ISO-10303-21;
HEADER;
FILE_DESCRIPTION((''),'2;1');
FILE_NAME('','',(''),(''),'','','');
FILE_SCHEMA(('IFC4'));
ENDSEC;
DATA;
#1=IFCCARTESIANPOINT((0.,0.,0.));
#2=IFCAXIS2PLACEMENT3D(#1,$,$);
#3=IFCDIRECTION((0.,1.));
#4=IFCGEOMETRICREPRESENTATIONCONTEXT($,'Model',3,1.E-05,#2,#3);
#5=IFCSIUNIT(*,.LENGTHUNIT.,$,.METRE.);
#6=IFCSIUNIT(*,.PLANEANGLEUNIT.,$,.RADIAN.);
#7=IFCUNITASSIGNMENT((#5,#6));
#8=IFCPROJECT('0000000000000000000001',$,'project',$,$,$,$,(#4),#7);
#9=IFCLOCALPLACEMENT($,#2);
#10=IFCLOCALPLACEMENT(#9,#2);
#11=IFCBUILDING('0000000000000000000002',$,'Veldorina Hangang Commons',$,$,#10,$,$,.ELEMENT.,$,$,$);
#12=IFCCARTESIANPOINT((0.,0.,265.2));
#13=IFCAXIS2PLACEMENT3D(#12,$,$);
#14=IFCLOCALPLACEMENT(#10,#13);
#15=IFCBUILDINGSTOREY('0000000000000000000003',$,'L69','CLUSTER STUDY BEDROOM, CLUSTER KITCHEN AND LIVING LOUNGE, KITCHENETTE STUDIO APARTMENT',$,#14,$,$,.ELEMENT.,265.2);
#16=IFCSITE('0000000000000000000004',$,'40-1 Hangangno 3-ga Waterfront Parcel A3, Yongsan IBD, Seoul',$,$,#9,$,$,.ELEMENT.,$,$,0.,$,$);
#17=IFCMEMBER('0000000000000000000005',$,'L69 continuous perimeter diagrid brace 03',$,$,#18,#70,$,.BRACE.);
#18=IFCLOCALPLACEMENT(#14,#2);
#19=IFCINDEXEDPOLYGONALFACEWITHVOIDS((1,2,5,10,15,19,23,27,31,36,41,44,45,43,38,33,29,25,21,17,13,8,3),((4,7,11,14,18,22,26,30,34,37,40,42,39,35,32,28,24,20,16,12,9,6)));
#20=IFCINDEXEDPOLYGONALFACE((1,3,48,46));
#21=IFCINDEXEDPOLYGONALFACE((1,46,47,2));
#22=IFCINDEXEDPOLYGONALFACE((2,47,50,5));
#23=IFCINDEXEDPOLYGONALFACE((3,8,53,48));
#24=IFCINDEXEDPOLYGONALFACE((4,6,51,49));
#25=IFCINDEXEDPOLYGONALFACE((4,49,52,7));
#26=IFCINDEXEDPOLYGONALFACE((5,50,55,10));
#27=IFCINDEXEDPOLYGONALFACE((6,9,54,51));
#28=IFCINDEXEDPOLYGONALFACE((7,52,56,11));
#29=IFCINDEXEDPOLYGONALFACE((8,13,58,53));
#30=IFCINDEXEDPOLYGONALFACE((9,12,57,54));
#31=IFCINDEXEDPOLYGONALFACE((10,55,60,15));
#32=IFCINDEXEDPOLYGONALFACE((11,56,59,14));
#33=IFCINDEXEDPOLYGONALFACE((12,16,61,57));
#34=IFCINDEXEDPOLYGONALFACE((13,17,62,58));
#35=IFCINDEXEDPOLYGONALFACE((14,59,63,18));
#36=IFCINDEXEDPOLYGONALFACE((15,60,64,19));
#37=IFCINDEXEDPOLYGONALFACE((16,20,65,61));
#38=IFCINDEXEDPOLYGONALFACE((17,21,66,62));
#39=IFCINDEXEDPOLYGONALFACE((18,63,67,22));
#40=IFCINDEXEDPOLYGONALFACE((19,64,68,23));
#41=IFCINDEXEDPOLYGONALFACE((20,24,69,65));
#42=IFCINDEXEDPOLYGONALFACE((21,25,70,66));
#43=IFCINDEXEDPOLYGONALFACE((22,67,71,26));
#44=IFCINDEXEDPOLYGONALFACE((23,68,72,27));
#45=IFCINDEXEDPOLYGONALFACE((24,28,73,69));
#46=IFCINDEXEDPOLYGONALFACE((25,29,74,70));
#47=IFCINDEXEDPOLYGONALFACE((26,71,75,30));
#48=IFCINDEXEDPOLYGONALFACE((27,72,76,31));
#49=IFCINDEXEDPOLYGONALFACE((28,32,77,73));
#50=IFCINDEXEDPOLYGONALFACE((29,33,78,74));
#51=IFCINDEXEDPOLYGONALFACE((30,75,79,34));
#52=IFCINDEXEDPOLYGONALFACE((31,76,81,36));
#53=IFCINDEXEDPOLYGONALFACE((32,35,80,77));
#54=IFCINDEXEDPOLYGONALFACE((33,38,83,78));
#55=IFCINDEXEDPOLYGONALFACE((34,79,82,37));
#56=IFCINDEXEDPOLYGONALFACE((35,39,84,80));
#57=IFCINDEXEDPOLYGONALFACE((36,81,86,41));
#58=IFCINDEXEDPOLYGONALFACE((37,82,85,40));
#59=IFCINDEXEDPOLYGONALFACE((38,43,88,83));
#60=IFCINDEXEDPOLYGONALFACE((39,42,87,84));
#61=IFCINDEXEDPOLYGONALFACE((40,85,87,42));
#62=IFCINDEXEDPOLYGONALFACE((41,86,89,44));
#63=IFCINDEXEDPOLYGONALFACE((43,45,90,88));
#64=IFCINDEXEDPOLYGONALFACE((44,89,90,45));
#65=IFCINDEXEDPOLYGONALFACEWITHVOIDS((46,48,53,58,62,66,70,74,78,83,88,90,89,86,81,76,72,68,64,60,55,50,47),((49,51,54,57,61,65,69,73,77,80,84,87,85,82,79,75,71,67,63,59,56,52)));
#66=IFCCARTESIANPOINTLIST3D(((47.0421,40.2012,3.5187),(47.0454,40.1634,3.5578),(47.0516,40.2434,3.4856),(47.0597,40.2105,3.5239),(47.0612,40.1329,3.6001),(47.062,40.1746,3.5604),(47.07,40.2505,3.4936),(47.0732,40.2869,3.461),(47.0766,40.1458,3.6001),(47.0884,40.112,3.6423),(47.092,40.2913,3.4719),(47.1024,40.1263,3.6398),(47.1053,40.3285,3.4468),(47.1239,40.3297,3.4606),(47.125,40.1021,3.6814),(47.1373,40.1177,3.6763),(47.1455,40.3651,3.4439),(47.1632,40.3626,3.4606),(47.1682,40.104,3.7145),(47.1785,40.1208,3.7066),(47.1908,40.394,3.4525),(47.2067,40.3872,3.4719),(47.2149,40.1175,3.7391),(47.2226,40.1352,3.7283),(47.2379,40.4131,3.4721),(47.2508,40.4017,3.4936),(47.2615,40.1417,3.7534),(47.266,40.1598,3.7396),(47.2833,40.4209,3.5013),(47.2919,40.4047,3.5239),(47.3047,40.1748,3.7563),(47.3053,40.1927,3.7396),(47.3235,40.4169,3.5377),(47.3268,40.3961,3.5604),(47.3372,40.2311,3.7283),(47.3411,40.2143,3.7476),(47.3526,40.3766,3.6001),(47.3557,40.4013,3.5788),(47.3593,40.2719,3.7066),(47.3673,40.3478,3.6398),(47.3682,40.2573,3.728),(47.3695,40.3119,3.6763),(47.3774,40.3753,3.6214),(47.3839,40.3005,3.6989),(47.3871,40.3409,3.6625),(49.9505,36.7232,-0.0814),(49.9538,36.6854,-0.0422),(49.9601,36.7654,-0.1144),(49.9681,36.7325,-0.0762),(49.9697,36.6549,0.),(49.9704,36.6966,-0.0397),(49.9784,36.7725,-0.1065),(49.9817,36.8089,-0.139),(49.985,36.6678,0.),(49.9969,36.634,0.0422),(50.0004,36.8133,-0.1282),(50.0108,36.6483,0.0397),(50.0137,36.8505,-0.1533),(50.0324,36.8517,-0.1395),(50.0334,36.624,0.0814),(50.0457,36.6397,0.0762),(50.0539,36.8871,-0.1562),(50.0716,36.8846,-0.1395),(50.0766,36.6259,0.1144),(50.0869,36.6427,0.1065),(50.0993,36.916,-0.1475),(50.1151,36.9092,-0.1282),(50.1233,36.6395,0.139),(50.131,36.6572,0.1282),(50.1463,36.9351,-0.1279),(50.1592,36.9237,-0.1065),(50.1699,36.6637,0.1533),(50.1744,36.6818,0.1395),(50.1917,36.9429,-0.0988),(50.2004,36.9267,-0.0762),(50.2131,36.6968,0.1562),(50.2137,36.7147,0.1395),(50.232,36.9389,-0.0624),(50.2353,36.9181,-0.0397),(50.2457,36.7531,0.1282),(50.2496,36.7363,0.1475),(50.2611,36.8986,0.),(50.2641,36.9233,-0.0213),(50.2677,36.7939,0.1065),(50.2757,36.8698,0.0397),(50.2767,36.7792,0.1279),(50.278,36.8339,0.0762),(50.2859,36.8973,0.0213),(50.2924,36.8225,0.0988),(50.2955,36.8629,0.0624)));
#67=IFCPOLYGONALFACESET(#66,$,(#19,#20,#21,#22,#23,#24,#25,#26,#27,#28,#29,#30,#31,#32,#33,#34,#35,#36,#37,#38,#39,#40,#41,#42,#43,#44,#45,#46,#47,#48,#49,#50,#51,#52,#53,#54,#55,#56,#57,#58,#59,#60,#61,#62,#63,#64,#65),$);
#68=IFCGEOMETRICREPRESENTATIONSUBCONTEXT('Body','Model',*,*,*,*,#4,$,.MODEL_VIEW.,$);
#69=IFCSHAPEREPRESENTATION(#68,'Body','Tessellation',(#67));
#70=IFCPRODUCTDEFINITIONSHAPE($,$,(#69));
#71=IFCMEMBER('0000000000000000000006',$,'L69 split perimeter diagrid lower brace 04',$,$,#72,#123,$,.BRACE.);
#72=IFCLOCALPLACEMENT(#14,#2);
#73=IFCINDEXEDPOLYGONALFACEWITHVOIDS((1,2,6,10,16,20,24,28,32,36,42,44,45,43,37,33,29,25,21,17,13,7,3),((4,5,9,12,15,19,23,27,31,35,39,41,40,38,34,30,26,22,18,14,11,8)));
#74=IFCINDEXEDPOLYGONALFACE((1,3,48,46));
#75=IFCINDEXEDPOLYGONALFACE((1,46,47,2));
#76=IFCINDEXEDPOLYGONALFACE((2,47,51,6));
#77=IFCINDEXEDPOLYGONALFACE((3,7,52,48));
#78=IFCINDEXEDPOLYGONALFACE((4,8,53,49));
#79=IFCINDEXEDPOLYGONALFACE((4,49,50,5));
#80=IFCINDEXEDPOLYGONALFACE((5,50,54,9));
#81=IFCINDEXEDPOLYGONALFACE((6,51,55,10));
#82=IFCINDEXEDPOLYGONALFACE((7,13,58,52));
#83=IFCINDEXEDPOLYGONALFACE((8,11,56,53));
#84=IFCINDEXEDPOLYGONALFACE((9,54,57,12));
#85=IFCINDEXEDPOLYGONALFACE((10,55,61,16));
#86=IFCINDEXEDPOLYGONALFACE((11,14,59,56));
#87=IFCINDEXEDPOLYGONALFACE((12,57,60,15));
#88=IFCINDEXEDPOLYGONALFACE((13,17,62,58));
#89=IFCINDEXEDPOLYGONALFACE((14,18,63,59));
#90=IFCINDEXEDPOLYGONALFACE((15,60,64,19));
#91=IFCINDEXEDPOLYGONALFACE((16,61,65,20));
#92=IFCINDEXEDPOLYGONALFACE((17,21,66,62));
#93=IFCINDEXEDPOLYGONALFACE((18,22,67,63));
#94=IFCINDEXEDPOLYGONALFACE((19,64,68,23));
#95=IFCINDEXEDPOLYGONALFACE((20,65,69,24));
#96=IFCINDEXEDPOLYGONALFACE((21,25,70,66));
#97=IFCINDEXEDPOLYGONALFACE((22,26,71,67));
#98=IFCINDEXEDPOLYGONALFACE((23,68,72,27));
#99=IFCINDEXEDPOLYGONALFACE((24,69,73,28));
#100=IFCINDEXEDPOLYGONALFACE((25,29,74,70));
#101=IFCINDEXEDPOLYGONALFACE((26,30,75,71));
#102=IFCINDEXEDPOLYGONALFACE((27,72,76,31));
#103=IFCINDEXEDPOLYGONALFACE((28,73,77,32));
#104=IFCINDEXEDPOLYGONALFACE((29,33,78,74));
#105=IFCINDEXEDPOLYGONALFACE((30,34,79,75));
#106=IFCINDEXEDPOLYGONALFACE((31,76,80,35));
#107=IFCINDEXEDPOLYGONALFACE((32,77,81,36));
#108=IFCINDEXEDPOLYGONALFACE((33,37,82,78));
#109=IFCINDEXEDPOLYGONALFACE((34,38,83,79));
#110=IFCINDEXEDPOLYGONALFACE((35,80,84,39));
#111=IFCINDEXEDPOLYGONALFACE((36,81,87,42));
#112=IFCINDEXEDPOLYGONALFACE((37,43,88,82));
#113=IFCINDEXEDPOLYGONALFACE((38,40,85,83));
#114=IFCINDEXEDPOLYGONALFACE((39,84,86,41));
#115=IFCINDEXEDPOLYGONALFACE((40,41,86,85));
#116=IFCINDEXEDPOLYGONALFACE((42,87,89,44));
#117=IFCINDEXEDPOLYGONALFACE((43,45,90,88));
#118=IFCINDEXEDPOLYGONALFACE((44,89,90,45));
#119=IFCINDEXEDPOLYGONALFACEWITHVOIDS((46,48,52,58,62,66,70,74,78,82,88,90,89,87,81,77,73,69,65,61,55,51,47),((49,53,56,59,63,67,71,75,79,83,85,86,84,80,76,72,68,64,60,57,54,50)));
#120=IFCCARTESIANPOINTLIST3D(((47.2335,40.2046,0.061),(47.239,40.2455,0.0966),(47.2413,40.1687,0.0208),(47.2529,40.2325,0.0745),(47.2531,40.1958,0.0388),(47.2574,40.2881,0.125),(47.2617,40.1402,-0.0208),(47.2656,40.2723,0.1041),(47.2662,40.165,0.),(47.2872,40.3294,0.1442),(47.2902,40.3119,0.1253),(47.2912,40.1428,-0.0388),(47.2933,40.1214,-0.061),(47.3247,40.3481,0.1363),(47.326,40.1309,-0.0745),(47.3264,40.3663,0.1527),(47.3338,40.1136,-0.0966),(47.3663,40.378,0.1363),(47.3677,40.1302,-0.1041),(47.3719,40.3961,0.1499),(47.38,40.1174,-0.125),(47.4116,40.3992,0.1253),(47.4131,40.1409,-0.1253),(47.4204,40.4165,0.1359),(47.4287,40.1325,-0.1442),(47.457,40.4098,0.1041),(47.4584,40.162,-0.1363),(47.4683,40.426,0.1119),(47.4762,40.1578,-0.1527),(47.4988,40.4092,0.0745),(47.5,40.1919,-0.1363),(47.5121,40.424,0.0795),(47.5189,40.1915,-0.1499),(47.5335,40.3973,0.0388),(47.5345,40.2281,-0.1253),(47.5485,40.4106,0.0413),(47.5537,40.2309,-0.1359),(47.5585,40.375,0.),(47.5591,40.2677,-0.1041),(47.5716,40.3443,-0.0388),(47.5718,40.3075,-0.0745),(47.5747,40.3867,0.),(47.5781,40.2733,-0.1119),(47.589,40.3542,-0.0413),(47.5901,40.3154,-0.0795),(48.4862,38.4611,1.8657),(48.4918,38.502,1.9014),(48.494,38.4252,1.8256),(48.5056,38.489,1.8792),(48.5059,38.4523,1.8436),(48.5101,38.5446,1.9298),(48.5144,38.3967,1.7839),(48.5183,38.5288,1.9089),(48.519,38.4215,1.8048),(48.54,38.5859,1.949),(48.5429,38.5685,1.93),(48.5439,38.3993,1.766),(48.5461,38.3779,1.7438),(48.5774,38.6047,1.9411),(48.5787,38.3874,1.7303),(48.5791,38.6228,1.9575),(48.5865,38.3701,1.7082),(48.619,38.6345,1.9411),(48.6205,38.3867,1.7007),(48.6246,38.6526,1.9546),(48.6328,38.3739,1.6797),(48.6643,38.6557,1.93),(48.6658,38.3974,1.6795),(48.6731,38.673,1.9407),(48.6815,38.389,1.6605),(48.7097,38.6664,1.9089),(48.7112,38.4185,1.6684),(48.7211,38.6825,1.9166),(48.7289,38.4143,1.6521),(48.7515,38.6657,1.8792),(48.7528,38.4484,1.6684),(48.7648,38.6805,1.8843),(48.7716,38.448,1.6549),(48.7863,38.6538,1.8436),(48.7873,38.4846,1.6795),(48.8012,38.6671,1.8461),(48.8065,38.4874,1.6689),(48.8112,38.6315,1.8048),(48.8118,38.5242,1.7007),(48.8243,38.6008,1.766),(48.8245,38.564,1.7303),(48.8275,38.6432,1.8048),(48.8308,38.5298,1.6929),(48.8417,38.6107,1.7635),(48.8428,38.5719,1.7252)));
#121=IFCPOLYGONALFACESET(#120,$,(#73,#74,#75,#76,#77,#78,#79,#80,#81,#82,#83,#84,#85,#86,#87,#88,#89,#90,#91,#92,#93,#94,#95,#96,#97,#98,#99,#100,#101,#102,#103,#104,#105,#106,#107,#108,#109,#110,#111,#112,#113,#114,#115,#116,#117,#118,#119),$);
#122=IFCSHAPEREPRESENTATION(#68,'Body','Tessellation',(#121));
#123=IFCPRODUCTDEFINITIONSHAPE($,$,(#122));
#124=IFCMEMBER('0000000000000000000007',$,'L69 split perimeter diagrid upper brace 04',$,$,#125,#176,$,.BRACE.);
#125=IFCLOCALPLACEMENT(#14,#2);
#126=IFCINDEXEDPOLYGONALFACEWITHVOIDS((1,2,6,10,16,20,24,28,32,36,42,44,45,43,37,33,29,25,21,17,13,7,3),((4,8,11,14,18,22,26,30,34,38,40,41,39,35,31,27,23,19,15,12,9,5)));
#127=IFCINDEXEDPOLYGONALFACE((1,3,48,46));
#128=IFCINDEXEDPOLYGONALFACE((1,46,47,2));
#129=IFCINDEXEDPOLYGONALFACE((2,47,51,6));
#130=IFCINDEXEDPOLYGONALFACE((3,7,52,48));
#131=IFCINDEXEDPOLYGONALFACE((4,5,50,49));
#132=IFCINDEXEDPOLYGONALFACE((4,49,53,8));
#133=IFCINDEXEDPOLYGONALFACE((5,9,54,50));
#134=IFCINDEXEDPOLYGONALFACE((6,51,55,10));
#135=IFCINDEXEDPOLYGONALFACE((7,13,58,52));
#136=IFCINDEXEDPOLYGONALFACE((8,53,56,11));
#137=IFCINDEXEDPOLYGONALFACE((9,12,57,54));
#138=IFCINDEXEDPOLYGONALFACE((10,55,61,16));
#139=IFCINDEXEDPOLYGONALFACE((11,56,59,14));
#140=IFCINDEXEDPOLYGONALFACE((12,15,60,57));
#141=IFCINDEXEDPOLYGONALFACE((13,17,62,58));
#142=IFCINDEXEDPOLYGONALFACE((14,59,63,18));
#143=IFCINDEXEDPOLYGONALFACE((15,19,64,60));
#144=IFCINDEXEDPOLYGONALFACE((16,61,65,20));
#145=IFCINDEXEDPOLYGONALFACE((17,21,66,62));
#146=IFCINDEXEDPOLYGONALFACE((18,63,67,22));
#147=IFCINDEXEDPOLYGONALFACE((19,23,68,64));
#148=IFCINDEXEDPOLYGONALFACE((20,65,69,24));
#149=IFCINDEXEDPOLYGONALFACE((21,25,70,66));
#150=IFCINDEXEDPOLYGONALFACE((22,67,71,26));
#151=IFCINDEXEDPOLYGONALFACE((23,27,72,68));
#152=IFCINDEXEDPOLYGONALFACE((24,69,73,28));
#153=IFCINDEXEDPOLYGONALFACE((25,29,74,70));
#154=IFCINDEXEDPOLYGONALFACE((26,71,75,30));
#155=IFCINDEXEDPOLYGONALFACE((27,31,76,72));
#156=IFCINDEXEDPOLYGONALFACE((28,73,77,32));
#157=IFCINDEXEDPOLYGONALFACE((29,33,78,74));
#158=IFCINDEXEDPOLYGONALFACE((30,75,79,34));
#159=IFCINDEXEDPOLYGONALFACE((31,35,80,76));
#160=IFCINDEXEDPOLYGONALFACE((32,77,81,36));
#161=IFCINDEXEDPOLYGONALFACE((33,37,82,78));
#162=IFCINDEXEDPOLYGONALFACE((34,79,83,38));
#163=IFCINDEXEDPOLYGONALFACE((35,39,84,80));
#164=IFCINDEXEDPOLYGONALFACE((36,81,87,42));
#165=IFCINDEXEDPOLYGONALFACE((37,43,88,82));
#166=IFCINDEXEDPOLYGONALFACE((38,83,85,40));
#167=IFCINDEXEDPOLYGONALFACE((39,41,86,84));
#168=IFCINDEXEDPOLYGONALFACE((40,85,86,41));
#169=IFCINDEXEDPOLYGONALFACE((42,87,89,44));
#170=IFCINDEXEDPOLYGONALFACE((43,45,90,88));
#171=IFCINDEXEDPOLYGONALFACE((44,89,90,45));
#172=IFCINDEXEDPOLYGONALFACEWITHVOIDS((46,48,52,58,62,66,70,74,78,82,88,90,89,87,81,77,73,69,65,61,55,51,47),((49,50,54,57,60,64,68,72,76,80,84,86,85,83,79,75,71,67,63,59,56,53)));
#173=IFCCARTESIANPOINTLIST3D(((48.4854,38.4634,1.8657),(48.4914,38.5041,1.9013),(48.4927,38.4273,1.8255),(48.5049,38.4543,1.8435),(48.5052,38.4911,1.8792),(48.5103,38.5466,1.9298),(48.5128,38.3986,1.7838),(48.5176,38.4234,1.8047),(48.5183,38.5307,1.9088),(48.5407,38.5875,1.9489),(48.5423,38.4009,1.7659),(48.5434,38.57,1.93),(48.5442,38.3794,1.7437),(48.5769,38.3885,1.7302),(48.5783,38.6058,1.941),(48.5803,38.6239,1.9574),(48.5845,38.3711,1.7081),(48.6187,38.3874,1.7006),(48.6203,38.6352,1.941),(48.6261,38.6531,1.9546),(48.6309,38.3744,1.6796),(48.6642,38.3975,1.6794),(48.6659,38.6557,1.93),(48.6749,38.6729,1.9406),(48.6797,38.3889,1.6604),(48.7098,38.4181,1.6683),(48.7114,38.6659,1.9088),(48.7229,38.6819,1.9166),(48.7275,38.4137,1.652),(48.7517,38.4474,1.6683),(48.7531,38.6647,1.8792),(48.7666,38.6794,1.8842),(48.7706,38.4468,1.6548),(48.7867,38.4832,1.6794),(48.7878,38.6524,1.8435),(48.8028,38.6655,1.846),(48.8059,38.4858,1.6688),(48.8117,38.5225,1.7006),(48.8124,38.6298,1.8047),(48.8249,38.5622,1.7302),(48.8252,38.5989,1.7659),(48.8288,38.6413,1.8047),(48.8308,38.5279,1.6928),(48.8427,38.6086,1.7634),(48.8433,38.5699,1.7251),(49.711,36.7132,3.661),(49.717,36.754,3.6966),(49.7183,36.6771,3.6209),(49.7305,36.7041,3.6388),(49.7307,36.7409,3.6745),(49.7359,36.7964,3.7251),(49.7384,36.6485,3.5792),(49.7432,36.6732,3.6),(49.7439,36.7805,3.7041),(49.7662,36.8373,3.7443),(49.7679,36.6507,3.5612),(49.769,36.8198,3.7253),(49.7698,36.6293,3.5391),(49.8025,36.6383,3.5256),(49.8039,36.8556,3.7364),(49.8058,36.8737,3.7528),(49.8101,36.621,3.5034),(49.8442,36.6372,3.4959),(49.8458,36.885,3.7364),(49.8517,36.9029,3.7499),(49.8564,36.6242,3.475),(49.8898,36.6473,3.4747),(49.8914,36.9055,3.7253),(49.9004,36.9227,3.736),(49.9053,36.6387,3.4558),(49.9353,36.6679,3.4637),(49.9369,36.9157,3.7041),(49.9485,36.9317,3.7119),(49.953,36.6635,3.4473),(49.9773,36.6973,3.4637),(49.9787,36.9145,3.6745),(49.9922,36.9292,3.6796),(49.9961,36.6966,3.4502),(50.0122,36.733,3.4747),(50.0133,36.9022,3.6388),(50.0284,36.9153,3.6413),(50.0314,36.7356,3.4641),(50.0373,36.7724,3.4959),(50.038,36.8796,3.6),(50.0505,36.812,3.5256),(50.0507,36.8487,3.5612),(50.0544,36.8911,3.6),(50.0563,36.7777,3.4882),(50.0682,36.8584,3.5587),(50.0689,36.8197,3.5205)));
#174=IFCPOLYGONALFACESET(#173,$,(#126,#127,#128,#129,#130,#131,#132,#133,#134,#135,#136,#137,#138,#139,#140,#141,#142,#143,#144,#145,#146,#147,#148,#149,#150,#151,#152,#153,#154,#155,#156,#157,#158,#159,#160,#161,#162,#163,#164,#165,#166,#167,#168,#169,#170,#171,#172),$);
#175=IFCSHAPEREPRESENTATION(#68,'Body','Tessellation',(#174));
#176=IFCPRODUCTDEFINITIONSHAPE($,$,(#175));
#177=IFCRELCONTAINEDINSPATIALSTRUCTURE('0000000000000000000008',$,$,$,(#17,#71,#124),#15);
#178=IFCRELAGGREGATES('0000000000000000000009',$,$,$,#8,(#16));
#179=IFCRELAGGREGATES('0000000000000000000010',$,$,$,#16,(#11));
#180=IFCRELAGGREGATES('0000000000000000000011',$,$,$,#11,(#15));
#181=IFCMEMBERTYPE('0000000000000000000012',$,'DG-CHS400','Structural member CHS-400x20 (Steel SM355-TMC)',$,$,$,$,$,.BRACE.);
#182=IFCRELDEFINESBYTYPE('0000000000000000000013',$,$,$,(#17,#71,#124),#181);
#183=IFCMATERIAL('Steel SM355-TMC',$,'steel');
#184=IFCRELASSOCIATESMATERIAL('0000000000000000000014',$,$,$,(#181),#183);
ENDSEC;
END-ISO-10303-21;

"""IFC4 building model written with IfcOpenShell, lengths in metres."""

from ifc_helpers import new_model, si_unit, direction, frame, origin, origin_2d, place, context, subcontext, project, spatial, hollow_circle, extrude, material, material_profile, profile_set, type_object, element, save


model = new_model("IFC4")

# Units and contexts
model_context = context("Model", 3, precision=1e-05, world=origin(), true_north=direction((0.0, 1.0)))
body_context = subcontext(model_context, "Body", "Model", "MODEL_VIEW")
ifc_project = project(units=[si_unit("LENGTHUNIT", "METRE"), si_unit("PLANEANGLEUNIT", "RADIAN")], contexts=[model_context])

# Site, building, storey
site_placement = place(None, origin())
site = spatial("IfcSite", under=ifc_project, at=site_placement, Name="40-1 Hangangno 3-ga Waterfront Parcel A3, Yongsan IBD, Seoul", CompositionType="ELEMENT", RefElevation=0.0)
building_placement = place(site_placement, origin())
building = spatial("IfcBuilding", under=site, at=building_placement, Name="Veldorina Hangang Commons", CompositionType="ELEMENT")
storey_placement = place(building_placement, frame((0.0, 0.0, 265.2)))
storey = spatial("IfcBuildingStorey", under=building, at=storey_placement, Name="L69", Description="CLUSTER STUDY BEDROOM, CLUSTER KITCHEN AND LIVING LOUNGE, KITCHENETTE STUDIO APARTMENT", CompositionType="ELEMENT", Elevation=265.2)

# Shared definitions
ifc_material_1 = material(Name="Steel SM355-TMC", Category="steel")

# Members
ifc_material_profile_1 = material_profile(ifc_material_1, hollow_circle(Radius=0.2, WallThickness=0.02, at=origin_2d()), Name="CHS-400x20")
ifc_profile_set_1 = profile_set([ifc_material_profile_1], Name="Steel SM355-TMC")
member_type_1 = type_object("IfcMemberType", Name="DG-CHS400", Description="Structural member CHS-400x20 (Steel SM355-TMC)", PredefinedType="BRACE", material=ifc_profile_set_1)
member_1_placement = place(storey_placement, frame((50.123, 36.7832, 0.0), z_axis=(-0.50238, 0.600764, 0.62185), x_axis=(-0.767126, -0.641497, 0.0)))
element("IfcMember", 1, at=member_1_placement, inside=storey, type_object=member_type_1, Name="L69 continuous perimeter diagrid brace 03", PredefinedType="BRACE", context=body_context, shape_type="SweptSolid", body=[
    extrude(hollow_circle(Radius=0.2, WallThickness=0.02, at=origin_2d()), origin(), (0.0, 0.0, 1.0), 5.7893),
])
member_2_placement = place(storey_placement, frame((47.4124, 40.27, 0.0), z_axis=(0.446659, -0.621632, 0.643482), x_axis=(0.812101, 0.583517, 0.0)))
element("IfcMember", 2, at=member_2_placement, inside=storey, type_object=member_type_1, Name="L69 split perimeter diagrid lower brace 04", PredefinedType="BRACE", context=body_context, shape_type="SweptSolid", body=[
    extrude(hollow_circle(Radius=0.2, WallThickness=0.02, at=origin_2d()), origin(), (0.0, 0.0, 1.0), 2.8047),
])
member_3_placement = place(storey_placement, frame((48.665, 38.5266, 1.8047), z_axis=(0.439142, -0.627134, 0.643317), x_axis=(0.819141, 0.573593, 0.0)))
element("IfcMember", 3, at=member_3_placement, inside=storey, type_object=member_type_1, Name="L69 split perimeter diagrid upper brace 04", PredefinedType="BRACE", context=body_context, shape_type="SweptSolid", body=[
    extrude(hollow_circle(Radius=0.2, WallThickness=0.02, at=origin_2d()), origin(), (0.0, 0.0, 1.0), 2.7908),
])

save(model, "model.ifc")
